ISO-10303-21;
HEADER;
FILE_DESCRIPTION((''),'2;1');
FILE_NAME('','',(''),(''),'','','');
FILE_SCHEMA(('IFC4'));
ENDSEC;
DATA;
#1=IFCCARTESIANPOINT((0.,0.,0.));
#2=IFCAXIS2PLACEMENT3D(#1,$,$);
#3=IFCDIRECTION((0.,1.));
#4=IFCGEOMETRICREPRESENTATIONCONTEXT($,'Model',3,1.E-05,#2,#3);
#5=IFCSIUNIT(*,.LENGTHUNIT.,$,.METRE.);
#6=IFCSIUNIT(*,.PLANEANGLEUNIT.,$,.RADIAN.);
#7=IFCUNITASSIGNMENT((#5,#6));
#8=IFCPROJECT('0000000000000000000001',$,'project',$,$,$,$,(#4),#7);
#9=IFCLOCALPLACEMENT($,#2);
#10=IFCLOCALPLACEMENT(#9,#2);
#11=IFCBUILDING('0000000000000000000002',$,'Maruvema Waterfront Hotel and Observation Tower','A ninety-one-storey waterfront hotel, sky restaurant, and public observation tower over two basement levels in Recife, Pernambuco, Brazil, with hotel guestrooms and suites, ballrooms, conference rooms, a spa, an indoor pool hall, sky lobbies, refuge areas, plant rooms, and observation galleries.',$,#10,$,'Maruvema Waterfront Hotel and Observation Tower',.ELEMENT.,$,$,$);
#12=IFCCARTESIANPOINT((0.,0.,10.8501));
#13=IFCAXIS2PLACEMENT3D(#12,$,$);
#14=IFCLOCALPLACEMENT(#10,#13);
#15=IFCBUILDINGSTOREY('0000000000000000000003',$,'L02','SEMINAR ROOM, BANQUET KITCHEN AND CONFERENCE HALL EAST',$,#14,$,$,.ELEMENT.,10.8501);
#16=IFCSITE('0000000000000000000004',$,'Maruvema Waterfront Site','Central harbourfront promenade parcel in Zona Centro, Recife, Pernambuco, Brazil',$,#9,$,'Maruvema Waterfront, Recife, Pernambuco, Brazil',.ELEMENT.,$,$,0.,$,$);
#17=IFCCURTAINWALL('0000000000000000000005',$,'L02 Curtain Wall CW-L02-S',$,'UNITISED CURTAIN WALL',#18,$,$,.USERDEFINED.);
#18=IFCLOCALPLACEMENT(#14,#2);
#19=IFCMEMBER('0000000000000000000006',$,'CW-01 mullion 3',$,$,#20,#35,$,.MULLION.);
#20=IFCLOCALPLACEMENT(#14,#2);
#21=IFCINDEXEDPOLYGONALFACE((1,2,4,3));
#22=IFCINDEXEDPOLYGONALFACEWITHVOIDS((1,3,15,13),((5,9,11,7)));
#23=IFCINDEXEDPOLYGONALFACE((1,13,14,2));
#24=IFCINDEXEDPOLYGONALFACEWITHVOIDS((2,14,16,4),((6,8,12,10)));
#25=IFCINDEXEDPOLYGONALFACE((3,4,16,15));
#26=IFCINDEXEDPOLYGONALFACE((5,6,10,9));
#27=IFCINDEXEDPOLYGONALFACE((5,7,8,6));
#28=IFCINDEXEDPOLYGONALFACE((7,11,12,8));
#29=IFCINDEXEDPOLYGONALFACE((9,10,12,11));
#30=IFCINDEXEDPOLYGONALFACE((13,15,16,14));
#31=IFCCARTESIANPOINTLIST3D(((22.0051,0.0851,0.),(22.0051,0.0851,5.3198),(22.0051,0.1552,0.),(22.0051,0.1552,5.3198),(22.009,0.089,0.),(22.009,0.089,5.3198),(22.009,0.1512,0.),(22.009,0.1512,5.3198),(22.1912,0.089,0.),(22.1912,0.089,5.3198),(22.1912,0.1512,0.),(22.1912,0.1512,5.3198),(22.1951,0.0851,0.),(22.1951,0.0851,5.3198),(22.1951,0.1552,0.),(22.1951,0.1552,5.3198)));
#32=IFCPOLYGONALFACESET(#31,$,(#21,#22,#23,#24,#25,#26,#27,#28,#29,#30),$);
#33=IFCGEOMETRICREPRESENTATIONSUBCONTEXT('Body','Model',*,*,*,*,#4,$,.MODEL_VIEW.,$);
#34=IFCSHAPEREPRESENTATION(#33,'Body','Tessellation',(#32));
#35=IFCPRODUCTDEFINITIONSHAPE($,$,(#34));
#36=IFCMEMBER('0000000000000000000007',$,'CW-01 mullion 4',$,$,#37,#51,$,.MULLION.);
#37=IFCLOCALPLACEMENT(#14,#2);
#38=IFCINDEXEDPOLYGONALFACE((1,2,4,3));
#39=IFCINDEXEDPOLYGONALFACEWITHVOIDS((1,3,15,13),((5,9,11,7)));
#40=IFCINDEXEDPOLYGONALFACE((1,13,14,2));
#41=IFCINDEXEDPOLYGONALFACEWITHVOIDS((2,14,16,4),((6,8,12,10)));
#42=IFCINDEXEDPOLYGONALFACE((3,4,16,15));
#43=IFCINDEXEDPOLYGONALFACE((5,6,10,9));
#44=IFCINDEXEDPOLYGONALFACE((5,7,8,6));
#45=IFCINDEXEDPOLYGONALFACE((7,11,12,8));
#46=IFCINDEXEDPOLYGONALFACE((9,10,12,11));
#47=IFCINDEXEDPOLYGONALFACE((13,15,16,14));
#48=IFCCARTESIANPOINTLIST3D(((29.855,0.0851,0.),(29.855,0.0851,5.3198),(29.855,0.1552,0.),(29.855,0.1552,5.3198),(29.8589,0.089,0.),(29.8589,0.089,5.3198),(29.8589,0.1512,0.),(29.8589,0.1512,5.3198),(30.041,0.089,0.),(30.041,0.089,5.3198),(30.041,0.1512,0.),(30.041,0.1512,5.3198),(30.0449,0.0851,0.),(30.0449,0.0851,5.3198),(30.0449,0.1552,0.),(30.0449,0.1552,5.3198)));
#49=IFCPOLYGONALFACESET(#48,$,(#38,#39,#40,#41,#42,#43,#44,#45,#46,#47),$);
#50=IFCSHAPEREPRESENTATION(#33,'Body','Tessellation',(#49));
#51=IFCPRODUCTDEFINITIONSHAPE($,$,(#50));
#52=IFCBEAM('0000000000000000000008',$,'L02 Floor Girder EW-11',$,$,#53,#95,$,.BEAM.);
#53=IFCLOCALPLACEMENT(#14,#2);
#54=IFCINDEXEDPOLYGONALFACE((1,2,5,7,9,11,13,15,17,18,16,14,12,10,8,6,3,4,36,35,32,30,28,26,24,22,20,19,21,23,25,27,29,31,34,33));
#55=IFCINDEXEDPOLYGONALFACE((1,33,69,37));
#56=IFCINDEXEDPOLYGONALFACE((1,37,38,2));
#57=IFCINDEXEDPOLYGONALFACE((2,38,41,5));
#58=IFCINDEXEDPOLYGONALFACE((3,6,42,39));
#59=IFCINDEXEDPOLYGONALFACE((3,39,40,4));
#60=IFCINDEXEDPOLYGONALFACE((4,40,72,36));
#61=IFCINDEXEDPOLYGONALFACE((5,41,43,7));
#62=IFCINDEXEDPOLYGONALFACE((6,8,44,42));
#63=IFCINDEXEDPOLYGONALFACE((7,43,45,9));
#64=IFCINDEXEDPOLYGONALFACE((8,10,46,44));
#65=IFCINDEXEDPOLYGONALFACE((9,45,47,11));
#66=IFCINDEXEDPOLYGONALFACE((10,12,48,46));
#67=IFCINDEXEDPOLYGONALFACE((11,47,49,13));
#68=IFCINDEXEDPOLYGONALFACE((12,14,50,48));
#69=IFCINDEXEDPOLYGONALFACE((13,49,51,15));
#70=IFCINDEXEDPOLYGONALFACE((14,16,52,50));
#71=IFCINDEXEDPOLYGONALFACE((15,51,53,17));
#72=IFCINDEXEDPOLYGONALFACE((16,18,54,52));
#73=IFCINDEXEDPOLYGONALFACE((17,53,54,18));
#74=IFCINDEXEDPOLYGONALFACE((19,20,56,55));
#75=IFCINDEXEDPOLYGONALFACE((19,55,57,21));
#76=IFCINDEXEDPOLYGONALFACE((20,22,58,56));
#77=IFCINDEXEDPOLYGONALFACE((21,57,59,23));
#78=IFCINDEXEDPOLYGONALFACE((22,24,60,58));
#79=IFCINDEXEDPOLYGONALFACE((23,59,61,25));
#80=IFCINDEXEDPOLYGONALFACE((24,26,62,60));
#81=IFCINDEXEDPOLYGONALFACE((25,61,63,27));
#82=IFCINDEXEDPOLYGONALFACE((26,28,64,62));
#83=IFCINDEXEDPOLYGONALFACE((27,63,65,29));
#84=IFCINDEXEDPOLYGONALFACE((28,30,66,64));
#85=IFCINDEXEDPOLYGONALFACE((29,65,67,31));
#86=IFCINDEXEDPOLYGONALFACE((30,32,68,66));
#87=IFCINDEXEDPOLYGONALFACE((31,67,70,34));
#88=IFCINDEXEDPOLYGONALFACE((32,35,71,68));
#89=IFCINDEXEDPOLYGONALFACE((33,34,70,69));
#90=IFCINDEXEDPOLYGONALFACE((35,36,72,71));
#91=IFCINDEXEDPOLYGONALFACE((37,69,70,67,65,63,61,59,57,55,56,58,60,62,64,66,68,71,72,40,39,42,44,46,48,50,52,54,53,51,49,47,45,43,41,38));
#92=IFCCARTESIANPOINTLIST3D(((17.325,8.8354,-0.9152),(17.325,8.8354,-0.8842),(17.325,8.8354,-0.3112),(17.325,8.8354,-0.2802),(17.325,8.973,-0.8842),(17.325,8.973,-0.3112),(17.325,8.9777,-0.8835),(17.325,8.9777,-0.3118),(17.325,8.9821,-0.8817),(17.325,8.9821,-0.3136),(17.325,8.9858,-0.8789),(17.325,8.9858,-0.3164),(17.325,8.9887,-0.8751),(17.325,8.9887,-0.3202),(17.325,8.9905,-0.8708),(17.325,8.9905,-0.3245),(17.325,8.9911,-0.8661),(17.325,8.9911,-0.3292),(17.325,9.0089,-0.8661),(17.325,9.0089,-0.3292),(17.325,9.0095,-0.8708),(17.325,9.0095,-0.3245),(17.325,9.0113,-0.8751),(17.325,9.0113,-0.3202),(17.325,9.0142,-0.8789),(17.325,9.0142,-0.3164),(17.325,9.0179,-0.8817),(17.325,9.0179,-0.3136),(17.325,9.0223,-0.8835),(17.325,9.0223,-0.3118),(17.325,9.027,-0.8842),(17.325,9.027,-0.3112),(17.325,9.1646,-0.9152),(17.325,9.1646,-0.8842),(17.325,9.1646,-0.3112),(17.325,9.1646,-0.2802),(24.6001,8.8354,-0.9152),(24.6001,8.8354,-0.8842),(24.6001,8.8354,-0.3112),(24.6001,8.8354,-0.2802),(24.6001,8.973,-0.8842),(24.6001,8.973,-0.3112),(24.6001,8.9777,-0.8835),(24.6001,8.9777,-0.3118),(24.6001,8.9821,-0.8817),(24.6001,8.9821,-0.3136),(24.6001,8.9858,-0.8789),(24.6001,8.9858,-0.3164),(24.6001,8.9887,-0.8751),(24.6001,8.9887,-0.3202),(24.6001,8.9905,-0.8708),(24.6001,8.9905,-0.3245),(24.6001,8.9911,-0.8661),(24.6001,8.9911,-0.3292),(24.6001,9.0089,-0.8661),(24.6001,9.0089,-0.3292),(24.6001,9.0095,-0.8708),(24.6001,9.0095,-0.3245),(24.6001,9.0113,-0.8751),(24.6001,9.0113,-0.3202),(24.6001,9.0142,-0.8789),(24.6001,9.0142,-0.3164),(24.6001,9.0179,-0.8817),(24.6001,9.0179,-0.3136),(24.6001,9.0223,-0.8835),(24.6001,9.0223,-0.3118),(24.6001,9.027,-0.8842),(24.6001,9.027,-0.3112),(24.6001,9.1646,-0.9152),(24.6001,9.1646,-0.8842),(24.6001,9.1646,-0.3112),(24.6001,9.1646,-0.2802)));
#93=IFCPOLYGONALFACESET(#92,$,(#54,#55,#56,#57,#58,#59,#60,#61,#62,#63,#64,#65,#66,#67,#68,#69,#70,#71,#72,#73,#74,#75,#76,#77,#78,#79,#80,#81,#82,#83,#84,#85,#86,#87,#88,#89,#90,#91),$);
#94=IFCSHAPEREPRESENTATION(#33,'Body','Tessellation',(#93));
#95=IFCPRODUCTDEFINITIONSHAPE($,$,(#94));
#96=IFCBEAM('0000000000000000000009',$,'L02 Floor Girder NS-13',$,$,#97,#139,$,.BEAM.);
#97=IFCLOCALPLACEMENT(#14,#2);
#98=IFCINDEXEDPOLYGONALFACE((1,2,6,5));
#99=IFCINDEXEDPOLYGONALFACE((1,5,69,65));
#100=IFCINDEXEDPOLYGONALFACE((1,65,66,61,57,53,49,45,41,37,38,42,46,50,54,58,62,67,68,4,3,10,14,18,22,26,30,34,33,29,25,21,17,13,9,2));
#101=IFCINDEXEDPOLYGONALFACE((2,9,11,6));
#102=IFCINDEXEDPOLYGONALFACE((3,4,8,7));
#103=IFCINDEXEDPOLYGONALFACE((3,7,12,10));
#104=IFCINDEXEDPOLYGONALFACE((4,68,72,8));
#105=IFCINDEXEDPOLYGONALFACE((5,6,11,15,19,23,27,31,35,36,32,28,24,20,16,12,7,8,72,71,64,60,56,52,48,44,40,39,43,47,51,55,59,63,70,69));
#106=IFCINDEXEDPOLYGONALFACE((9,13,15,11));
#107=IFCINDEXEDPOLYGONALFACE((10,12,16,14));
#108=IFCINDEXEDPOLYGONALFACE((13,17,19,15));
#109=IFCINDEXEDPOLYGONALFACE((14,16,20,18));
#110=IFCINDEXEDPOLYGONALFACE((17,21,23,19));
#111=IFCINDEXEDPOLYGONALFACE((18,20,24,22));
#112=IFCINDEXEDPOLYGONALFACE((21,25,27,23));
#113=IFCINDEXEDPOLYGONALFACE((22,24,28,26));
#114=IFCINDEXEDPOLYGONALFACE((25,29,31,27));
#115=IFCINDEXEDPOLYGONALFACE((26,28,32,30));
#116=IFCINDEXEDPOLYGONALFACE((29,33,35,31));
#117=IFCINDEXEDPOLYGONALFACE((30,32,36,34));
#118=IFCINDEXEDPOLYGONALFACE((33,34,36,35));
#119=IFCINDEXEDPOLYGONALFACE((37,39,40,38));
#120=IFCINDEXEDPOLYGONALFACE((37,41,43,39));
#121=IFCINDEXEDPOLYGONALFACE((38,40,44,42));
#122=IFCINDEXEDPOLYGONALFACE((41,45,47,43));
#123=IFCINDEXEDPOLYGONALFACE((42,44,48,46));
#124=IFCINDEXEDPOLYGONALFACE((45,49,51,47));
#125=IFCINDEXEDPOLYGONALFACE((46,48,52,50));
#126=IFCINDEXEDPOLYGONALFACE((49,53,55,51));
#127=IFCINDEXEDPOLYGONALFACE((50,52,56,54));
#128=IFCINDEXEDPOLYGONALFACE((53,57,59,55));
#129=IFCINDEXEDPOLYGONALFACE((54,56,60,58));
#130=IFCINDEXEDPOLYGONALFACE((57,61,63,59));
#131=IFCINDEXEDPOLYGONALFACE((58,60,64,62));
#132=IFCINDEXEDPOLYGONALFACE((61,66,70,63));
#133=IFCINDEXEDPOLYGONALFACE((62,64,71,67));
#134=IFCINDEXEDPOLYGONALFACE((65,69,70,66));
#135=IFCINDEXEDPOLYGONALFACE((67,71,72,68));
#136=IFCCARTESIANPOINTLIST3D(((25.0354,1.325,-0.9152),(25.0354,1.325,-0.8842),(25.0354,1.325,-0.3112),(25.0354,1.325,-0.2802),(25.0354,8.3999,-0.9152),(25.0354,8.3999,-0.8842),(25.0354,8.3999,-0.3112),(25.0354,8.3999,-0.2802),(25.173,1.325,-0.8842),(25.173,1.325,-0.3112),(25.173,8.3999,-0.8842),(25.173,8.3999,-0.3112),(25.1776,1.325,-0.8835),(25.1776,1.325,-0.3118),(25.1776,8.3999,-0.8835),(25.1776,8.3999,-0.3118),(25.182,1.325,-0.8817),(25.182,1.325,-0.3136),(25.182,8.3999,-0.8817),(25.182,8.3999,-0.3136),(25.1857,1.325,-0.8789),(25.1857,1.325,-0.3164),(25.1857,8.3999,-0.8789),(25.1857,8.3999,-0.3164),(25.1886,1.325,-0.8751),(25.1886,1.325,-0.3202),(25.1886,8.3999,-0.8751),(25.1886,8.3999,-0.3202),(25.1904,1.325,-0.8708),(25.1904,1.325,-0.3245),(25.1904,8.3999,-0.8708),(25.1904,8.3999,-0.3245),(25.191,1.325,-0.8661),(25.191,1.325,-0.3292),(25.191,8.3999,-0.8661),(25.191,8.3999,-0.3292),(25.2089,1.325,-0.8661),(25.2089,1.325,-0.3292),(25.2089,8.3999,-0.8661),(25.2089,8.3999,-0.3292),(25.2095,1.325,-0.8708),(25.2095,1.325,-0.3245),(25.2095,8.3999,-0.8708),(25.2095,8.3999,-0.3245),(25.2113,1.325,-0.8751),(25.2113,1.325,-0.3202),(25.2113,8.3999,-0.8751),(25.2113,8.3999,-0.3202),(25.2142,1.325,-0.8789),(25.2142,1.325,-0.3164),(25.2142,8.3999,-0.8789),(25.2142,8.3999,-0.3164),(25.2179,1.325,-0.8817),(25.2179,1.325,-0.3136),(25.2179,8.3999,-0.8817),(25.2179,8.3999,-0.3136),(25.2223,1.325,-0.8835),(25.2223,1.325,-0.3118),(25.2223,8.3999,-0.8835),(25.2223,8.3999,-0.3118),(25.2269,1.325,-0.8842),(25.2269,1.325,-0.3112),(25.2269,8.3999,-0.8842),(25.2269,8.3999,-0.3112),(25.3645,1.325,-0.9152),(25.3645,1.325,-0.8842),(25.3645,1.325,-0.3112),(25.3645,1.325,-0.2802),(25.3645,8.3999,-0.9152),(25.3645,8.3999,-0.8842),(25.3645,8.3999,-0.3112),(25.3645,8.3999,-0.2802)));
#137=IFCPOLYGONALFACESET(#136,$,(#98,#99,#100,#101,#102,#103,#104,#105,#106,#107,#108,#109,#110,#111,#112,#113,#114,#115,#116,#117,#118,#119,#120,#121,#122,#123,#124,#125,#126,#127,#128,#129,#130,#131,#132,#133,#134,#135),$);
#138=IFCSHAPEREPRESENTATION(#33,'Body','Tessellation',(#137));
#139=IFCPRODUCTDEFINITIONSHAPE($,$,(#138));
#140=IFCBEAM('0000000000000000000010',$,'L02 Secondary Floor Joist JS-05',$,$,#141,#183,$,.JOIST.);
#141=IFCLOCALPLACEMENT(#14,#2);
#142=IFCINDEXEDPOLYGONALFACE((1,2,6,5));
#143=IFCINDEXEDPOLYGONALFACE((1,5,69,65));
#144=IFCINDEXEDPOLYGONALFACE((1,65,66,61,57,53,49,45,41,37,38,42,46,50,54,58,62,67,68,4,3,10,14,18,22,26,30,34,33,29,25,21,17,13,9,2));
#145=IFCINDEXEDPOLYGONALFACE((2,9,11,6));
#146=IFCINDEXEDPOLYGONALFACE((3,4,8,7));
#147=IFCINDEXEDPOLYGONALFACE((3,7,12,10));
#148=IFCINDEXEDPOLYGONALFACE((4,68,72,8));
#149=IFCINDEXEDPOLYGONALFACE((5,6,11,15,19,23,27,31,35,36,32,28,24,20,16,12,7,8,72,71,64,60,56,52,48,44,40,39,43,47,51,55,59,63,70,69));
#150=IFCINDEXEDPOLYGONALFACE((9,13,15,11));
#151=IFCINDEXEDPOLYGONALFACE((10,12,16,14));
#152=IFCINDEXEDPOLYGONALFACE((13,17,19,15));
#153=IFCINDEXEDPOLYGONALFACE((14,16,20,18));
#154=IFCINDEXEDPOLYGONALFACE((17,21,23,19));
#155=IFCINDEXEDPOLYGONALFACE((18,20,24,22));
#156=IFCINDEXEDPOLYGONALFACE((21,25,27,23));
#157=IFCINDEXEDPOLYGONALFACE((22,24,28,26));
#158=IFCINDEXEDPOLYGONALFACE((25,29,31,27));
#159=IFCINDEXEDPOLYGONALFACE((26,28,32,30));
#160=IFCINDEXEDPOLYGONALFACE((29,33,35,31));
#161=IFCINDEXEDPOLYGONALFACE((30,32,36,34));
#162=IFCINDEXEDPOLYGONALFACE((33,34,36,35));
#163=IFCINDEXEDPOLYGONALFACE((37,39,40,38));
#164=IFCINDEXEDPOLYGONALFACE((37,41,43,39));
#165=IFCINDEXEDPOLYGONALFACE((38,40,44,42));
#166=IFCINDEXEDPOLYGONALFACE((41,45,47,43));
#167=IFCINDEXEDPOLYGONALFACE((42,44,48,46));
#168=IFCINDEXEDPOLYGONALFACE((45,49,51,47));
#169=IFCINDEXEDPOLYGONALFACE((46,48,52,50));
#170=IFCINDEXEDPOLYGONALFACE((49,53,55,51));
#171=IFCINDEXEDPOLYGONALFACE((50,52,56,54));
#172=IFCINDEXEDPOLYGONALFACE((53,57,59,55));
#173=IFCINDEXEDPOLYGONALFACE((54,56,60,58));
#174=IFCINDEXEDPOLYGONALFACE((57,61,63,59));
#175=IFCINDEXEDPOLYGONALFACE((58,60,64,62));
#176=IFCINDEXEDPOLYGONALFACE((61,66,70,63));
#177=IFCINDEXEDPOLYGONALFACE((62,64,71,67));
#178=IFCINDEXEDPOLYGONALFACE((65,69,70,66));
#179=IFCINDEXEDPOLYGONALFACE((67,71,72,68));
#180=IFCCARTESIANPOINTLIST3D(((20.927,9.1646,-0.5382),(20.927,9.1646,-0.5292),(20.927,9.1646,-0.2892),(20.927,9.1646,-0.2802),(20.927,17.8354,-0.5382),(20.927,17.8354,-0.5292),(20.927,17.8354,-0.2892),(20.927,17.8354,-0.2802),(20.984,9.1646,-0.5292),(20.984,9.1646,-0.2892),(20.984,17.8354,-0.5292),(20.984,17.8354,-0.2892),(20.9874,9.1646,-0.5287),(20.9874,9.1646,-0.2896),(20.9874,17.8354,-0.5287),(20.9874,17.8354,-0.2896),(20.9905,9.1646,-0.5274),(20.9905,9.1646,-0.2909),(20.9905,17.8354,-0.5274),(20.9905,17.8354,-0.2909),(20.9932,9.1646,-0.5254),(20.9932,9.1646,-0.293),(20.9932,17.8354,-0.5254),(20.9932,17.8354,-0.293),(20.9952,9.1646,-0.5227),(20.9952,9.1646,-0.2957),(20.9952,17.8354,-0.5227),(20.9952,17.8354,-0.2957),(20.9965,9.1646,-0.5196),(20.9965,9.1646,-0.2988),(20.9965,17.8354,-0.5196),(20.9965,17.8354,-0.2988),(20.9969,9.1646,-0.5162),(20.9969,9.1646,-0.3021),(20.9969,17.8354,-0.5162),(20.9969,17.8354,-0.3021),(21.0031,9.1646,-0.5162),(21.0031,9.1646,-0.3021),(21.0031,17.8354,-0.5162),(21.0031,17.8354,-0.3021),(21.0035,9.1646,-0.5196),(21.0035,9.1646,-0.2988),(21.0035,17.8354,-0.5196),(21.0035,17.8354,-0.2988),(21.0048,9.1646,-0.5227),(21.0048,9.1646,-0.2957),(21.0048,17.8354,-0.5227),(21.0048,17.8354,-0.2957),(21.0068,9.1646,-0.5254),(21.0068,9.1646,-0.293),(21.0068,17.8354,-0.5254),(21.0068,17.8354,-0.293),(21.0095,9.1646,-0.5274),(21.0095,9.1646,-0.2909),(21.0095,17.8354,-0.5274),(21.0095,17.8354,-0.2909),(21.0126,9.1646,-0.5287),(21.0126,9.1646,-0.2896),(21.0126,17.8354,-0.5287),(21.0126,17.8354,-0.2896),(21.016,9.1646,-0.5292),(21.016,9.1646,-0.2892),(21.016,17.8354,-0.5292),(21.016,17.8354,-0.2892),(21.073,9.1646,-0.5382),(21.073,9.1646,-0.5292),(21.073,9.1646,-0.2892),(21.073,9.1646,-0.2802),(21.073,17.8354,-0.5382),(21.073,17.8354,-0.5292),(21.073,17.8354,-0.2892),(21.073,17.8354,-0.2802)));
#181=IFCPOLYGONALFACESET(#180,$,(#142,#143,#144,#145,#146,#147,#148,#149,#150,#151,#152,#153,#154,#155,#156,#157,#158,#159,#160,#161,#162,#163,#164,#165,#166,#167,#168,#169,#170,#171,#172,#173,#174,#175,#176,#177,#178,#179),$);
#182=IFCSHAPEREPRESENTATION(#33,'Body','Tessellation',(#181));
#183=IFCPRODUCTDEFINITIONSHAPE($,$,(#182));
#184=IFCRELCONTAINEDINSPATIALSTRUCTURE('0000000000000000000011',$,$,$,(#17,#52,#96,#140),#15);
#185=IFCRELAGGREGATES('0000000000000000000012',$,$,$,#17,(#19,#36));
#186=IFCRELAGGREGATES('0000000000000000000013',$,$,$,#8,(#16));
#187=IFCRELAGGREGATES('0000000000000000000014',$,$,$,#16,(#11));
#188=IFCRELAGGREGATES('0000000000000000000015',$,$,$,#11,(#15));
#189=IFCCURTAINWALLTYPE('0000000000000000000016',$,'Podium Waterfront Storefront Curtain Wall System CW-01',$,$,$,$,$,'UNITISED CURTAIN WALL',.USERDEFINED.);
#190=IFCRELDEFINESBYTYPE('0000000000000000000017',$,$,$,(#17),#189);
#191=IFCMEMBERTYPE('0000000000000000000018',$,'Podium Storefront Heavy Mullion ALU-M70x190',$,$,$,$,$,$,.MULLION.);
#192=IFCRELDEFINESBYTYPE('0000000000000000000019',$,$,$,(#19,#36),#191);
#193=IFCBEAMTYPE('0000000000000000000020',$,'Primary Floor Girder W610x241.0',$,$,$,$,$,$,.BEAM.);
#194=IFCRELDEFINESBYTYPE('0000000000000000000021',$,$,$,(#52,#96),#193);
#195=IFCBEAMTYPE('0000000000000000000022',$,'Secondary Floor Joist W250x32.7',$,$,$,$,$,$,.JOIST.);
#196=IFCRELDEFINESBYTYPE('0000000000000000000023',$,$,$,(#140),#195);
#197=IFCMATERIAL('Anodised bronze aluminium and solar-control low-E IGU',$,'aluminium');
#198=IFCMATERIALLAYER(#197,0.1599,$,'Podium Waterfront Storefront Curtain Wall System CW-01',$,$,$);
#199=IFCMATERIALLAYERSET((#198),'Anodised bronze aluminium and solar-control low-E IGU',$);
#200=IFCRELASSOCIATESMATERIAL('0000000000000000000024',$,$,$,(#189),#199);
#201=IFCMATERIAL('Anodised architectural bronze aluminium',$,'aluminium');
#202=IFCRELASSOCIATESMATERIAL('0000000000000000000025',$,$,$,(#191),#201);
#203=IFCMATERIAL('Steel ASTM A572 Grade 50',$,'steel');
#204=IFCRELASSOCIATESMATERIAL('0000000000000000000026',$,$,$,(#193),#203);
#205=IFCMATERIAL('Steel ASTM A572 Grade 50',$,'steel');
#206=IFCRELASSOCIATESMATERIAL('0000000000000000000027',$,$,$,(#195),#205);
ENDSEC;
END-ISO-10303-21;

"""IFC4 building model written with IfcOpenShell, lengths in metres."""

from ifc_helpers import new_model, si_unit, direction, frame, origin, origin_2d, place, context, subcontext, project, spatial, hollow_rectangle, i_section, extrude, material, layer, layer_set, material_profile, profile_set, type_object, element, aggregate, save


model = new_model("IFC4")

# Units and contexts
model_context = context("Model", 3, precision=1e-05, world=origin(), true_north=direction((0.0, 1.0)))
body_context = subcontext(model_context, "Body", "Model", "MODEL_VIEW")
ifc_project = project(units=[si_unit("LENGTHUNIT", "METRE"), si_unit("PLANEANGLEUNIT", "RADIAN")], contexts=[model_context])

# Site, building, storey
site_placement = place(None, origin())
site = spatial("IfcSite", under=ifc_project, at=site_placement, Name="Maruvema Waterfront Site", Description="Central harbourfront promenade parcel in Zona Centro, Recife, Pernambuco, Brazil", LongName="Maruvema Waterfront, Recife, Pernambuco, Brazil", CompositionType="ELEMENT", RefElevation=0.0)
building_placement = place(site_placement, origin())
building = spatial("IfcBuilding", under=site, at=building_placement, Name="Maruvema Waterfront Hotel and Observation Tower", Description="A ninety-one-storey waterfront hotel, sky restaurant, and public observation tower over two basement levels in Recife, Pernambuco, Brazil, with hotel guestrooms and suites, ballrooms, conference rooms, a spa, an indoor pool hall, sky lobbies, refuge areas, plant rooms, and observation galleries.", LongName="Maruvema Waterfront Hotel and Observation Tower", CompositionType="ELEMENT")
storey_placement = place(building_placement, frame((0.0, 0.0, 10.8501)))
storey = spatial("IfcBuildingStorey", under=building, at=storey_placement, Name="L02", Description="SEMINAR ROOM, BANQUET KITCHEN AND CONFERENCE HALL EAST", CompositionType="ELEMENT", Elevation=10.8501)

# Curtain wall
ifc_material_1 = material(Name="Anodised bronze aluminium and solar-control low-E IGU", Category="aluminium")
ifc_layer_1 = layer(ifc_material_1, 0.1599, Name="Podium Waterfront Storefront Curtain Wall System CW-01")
ifc_layer_set_1 = layer_set([ifc_layer_1], Name="Anodised bronze aluminium and solar-control low-E IGU")
curtain_wall_type = type_object("IfcCurtainWallType", Name="Podium Waterfront Storefront Curtain Wall System CW-01", ElementType="UNITISED CURTAIN WALL", PredefinedType="USERDEFINED", material=ifc_layer_set_1)
curtain_wall_placement = place(storey_placement, origin())
curtain_wall = element("IfcCurtainWall", 1, at=curtain_wall_placement, inside=storey, type_object=curtain_wall_type, Name="L02 Curtain Wall CW-L02-S", ObjectType="UNITISED CURTAIN WALL", PredefinedType="USERDEFINED")

# Members
ifc_material_2 = material(Name="Anodised architectural bronze aluminium", Category="aluminium")
ifc_material_profile_1 = material_profile(ifc_material_2, hollow_rectangle(XDim=0.0701, YDim=0.1899, WallThickness=0.0039, at=origin_2d()), Name="ALU-M70x190")
ifc_profile_set_1 = profile_set([ifc_material_profile_1], Name="Anodised architectural bronze aluminium")
member_type_1 = type_object("IfcMemberType", Name="Podium Storefront Heavy Mullion ALU-M70x190", PredefinedType="MULLION", material=ifc_profile_set_1)
member_1_placement = place(storey_placement, frame((22.1001, 0.1201, 0.0), z_axis=(0.0, 0.0, 1.0), x_axis=(0.0, 1.0, 0.0)))
member_1 = element("IfcMember", 2, at=member_1_placement, type_object=member_type_1, Name="CW-01 mullion 3", PredefinedType="MULLION", context=body_context, shape_type="SweptSolid", body=[
    extrude(hollow_rectangle(XDim=0.0701, YDim=0.1899, WallThickness=0.0039, at=origin_2d()), origin(), (0.0, 0.0, 1.0), 5.3198),
])
member_2_placement = place(storey_placement, frame((29.95, 0.1201, 0.0), z_axis=(0.0, 0.0, 1.0), x_axis=(0.0, 1.0, 0.0)))
member_2 = element("IfcMember", 3, at=member_2_placement, type_object=member_type_1, Name="CW-01 mullion 4", PredefinedType="MULLION", context=body_context, shape_type="SweptSolid", body=[
    extrude(hollow_rectangle(XDim=0.0701, YDim=0.1899, WallThickness=0.0039, at=origin_2d()), origin(), (0.0, 0.0, 1.0), 5.3198),
])

# Beams
ifc_material_3 = material(Name="Steel ASTM A572 Grade 50", Category="steel")
ifc_material_profile_2 = material_profile(ifc_material_3, i_section(OverallWidth=0.3291, OverallDepth=0.635, WebThickness=0.0178, FlangeThickness=0.031, FilletRadius=0.0181, at=origin_2d()), Name="W610x241.0")
ifc_profile_set_2 = profile_set([ifc_material_profile_2], Name="Steel ASTM A572 Grade 50")
beam_type_1 = type_object("IfcBeamType", Name="Primary Floor Girder W610x241.0", PredefinedType="BEAM", material=ifc_profile_set_2)
beam_1_placement = place(storey_placement, frame((17.325, 9.0, -0.5977), z_axis=(1.0, 0.0, 0.0), x_axis=(0.0, 1.0, 0.0)))
element("IfcBeam", 4, at=beam_1_placement, inside=storey, type_object=beam_type_1, Name="L02 Floor Girder EW-11", PredefinedType="BEAM", context=body_context, shape_type="SweptSolid", body=[
    extrude(i_section(OverallWidth=0.3291, OverallDepth=0.635, WebThickness=0.0178, FlangeThickness=0.031, FilletRadius=0.0181, at=origin_2d()), origin(), (0.0, 0.0, 1.0), 7.2751),
])
beam_2_placement = place(storey_placement, frame((25.2, 1.325, -0.5977), z_axis=(0.0, 1.0, 0.0), x_axis=(-1.0, 0.0, 0.0)))
element("IfcBeam", 5, at=beam_2_placement, inside=storey, type_object=beam_type_1, Name="L02 Floor Girder NS-13", PredefinedType="BEAM", context=body_context, shape_type="SweptSolid", body=[
    extrude(i_section(OverallWidth=0.3291, OverallDepth=0.635, WebThickness=0.0178, FlangeThickness=0.031, FilletRadius=0.0181, at=origin_2d()), origin(), (0.0, 0.0, 1.0), 7.075),
])
ifc_material_4 = material(Name="Steel ASTM A572 Grade 50", Category="steel")
ifc_material_profile_3 = material_profile(ifc_material_4, i_section(OverallWidth=0.146, OverallDepth=0.2581, WebThickness=0.0061, FlangeThickness=0.009, FilletRadius=0.0129, at=origin_2d()), Name="W250x32.7")
ifc_profile_set_3 = profile_set([ifc_material_profile_3], Name="Steel ASTM A572 Grade 50")
beam_type_2 = type_object("IfcBeamType", Name="Secondary Floor Joist W250x32.7", PredefinedType="JOIST", material=ifc_profile_set_3)
beam_3_placement = place(storey_placement, frame((21.0, 9.1646, -0.4092), z_axis=(0.0, 1.0, 0.0), x_axis=(-1.0, 0.0, 0.0)))
element("IfcBeam", 6, at=beam_3_placement, inside=storey, type_object=beam_type_2, Name="L02 Secondary Floor Joist JS-05", PredefinedType="JOIST", context=body_context, shape_type="SweptSolid", body=[
    extrude(i_section(OverallWidth=0.146, OverallDepth=0.2581, WebThickness=0.0061, FlangeThickness=0.009, FilletRadius=0.0129, at=origin_2d()), origin(), (0.0, 0.0, 1.0), 8.6709),
])

aggregate(curtain_wall, [member_1, member_2])

save(model, "model.ifc")
